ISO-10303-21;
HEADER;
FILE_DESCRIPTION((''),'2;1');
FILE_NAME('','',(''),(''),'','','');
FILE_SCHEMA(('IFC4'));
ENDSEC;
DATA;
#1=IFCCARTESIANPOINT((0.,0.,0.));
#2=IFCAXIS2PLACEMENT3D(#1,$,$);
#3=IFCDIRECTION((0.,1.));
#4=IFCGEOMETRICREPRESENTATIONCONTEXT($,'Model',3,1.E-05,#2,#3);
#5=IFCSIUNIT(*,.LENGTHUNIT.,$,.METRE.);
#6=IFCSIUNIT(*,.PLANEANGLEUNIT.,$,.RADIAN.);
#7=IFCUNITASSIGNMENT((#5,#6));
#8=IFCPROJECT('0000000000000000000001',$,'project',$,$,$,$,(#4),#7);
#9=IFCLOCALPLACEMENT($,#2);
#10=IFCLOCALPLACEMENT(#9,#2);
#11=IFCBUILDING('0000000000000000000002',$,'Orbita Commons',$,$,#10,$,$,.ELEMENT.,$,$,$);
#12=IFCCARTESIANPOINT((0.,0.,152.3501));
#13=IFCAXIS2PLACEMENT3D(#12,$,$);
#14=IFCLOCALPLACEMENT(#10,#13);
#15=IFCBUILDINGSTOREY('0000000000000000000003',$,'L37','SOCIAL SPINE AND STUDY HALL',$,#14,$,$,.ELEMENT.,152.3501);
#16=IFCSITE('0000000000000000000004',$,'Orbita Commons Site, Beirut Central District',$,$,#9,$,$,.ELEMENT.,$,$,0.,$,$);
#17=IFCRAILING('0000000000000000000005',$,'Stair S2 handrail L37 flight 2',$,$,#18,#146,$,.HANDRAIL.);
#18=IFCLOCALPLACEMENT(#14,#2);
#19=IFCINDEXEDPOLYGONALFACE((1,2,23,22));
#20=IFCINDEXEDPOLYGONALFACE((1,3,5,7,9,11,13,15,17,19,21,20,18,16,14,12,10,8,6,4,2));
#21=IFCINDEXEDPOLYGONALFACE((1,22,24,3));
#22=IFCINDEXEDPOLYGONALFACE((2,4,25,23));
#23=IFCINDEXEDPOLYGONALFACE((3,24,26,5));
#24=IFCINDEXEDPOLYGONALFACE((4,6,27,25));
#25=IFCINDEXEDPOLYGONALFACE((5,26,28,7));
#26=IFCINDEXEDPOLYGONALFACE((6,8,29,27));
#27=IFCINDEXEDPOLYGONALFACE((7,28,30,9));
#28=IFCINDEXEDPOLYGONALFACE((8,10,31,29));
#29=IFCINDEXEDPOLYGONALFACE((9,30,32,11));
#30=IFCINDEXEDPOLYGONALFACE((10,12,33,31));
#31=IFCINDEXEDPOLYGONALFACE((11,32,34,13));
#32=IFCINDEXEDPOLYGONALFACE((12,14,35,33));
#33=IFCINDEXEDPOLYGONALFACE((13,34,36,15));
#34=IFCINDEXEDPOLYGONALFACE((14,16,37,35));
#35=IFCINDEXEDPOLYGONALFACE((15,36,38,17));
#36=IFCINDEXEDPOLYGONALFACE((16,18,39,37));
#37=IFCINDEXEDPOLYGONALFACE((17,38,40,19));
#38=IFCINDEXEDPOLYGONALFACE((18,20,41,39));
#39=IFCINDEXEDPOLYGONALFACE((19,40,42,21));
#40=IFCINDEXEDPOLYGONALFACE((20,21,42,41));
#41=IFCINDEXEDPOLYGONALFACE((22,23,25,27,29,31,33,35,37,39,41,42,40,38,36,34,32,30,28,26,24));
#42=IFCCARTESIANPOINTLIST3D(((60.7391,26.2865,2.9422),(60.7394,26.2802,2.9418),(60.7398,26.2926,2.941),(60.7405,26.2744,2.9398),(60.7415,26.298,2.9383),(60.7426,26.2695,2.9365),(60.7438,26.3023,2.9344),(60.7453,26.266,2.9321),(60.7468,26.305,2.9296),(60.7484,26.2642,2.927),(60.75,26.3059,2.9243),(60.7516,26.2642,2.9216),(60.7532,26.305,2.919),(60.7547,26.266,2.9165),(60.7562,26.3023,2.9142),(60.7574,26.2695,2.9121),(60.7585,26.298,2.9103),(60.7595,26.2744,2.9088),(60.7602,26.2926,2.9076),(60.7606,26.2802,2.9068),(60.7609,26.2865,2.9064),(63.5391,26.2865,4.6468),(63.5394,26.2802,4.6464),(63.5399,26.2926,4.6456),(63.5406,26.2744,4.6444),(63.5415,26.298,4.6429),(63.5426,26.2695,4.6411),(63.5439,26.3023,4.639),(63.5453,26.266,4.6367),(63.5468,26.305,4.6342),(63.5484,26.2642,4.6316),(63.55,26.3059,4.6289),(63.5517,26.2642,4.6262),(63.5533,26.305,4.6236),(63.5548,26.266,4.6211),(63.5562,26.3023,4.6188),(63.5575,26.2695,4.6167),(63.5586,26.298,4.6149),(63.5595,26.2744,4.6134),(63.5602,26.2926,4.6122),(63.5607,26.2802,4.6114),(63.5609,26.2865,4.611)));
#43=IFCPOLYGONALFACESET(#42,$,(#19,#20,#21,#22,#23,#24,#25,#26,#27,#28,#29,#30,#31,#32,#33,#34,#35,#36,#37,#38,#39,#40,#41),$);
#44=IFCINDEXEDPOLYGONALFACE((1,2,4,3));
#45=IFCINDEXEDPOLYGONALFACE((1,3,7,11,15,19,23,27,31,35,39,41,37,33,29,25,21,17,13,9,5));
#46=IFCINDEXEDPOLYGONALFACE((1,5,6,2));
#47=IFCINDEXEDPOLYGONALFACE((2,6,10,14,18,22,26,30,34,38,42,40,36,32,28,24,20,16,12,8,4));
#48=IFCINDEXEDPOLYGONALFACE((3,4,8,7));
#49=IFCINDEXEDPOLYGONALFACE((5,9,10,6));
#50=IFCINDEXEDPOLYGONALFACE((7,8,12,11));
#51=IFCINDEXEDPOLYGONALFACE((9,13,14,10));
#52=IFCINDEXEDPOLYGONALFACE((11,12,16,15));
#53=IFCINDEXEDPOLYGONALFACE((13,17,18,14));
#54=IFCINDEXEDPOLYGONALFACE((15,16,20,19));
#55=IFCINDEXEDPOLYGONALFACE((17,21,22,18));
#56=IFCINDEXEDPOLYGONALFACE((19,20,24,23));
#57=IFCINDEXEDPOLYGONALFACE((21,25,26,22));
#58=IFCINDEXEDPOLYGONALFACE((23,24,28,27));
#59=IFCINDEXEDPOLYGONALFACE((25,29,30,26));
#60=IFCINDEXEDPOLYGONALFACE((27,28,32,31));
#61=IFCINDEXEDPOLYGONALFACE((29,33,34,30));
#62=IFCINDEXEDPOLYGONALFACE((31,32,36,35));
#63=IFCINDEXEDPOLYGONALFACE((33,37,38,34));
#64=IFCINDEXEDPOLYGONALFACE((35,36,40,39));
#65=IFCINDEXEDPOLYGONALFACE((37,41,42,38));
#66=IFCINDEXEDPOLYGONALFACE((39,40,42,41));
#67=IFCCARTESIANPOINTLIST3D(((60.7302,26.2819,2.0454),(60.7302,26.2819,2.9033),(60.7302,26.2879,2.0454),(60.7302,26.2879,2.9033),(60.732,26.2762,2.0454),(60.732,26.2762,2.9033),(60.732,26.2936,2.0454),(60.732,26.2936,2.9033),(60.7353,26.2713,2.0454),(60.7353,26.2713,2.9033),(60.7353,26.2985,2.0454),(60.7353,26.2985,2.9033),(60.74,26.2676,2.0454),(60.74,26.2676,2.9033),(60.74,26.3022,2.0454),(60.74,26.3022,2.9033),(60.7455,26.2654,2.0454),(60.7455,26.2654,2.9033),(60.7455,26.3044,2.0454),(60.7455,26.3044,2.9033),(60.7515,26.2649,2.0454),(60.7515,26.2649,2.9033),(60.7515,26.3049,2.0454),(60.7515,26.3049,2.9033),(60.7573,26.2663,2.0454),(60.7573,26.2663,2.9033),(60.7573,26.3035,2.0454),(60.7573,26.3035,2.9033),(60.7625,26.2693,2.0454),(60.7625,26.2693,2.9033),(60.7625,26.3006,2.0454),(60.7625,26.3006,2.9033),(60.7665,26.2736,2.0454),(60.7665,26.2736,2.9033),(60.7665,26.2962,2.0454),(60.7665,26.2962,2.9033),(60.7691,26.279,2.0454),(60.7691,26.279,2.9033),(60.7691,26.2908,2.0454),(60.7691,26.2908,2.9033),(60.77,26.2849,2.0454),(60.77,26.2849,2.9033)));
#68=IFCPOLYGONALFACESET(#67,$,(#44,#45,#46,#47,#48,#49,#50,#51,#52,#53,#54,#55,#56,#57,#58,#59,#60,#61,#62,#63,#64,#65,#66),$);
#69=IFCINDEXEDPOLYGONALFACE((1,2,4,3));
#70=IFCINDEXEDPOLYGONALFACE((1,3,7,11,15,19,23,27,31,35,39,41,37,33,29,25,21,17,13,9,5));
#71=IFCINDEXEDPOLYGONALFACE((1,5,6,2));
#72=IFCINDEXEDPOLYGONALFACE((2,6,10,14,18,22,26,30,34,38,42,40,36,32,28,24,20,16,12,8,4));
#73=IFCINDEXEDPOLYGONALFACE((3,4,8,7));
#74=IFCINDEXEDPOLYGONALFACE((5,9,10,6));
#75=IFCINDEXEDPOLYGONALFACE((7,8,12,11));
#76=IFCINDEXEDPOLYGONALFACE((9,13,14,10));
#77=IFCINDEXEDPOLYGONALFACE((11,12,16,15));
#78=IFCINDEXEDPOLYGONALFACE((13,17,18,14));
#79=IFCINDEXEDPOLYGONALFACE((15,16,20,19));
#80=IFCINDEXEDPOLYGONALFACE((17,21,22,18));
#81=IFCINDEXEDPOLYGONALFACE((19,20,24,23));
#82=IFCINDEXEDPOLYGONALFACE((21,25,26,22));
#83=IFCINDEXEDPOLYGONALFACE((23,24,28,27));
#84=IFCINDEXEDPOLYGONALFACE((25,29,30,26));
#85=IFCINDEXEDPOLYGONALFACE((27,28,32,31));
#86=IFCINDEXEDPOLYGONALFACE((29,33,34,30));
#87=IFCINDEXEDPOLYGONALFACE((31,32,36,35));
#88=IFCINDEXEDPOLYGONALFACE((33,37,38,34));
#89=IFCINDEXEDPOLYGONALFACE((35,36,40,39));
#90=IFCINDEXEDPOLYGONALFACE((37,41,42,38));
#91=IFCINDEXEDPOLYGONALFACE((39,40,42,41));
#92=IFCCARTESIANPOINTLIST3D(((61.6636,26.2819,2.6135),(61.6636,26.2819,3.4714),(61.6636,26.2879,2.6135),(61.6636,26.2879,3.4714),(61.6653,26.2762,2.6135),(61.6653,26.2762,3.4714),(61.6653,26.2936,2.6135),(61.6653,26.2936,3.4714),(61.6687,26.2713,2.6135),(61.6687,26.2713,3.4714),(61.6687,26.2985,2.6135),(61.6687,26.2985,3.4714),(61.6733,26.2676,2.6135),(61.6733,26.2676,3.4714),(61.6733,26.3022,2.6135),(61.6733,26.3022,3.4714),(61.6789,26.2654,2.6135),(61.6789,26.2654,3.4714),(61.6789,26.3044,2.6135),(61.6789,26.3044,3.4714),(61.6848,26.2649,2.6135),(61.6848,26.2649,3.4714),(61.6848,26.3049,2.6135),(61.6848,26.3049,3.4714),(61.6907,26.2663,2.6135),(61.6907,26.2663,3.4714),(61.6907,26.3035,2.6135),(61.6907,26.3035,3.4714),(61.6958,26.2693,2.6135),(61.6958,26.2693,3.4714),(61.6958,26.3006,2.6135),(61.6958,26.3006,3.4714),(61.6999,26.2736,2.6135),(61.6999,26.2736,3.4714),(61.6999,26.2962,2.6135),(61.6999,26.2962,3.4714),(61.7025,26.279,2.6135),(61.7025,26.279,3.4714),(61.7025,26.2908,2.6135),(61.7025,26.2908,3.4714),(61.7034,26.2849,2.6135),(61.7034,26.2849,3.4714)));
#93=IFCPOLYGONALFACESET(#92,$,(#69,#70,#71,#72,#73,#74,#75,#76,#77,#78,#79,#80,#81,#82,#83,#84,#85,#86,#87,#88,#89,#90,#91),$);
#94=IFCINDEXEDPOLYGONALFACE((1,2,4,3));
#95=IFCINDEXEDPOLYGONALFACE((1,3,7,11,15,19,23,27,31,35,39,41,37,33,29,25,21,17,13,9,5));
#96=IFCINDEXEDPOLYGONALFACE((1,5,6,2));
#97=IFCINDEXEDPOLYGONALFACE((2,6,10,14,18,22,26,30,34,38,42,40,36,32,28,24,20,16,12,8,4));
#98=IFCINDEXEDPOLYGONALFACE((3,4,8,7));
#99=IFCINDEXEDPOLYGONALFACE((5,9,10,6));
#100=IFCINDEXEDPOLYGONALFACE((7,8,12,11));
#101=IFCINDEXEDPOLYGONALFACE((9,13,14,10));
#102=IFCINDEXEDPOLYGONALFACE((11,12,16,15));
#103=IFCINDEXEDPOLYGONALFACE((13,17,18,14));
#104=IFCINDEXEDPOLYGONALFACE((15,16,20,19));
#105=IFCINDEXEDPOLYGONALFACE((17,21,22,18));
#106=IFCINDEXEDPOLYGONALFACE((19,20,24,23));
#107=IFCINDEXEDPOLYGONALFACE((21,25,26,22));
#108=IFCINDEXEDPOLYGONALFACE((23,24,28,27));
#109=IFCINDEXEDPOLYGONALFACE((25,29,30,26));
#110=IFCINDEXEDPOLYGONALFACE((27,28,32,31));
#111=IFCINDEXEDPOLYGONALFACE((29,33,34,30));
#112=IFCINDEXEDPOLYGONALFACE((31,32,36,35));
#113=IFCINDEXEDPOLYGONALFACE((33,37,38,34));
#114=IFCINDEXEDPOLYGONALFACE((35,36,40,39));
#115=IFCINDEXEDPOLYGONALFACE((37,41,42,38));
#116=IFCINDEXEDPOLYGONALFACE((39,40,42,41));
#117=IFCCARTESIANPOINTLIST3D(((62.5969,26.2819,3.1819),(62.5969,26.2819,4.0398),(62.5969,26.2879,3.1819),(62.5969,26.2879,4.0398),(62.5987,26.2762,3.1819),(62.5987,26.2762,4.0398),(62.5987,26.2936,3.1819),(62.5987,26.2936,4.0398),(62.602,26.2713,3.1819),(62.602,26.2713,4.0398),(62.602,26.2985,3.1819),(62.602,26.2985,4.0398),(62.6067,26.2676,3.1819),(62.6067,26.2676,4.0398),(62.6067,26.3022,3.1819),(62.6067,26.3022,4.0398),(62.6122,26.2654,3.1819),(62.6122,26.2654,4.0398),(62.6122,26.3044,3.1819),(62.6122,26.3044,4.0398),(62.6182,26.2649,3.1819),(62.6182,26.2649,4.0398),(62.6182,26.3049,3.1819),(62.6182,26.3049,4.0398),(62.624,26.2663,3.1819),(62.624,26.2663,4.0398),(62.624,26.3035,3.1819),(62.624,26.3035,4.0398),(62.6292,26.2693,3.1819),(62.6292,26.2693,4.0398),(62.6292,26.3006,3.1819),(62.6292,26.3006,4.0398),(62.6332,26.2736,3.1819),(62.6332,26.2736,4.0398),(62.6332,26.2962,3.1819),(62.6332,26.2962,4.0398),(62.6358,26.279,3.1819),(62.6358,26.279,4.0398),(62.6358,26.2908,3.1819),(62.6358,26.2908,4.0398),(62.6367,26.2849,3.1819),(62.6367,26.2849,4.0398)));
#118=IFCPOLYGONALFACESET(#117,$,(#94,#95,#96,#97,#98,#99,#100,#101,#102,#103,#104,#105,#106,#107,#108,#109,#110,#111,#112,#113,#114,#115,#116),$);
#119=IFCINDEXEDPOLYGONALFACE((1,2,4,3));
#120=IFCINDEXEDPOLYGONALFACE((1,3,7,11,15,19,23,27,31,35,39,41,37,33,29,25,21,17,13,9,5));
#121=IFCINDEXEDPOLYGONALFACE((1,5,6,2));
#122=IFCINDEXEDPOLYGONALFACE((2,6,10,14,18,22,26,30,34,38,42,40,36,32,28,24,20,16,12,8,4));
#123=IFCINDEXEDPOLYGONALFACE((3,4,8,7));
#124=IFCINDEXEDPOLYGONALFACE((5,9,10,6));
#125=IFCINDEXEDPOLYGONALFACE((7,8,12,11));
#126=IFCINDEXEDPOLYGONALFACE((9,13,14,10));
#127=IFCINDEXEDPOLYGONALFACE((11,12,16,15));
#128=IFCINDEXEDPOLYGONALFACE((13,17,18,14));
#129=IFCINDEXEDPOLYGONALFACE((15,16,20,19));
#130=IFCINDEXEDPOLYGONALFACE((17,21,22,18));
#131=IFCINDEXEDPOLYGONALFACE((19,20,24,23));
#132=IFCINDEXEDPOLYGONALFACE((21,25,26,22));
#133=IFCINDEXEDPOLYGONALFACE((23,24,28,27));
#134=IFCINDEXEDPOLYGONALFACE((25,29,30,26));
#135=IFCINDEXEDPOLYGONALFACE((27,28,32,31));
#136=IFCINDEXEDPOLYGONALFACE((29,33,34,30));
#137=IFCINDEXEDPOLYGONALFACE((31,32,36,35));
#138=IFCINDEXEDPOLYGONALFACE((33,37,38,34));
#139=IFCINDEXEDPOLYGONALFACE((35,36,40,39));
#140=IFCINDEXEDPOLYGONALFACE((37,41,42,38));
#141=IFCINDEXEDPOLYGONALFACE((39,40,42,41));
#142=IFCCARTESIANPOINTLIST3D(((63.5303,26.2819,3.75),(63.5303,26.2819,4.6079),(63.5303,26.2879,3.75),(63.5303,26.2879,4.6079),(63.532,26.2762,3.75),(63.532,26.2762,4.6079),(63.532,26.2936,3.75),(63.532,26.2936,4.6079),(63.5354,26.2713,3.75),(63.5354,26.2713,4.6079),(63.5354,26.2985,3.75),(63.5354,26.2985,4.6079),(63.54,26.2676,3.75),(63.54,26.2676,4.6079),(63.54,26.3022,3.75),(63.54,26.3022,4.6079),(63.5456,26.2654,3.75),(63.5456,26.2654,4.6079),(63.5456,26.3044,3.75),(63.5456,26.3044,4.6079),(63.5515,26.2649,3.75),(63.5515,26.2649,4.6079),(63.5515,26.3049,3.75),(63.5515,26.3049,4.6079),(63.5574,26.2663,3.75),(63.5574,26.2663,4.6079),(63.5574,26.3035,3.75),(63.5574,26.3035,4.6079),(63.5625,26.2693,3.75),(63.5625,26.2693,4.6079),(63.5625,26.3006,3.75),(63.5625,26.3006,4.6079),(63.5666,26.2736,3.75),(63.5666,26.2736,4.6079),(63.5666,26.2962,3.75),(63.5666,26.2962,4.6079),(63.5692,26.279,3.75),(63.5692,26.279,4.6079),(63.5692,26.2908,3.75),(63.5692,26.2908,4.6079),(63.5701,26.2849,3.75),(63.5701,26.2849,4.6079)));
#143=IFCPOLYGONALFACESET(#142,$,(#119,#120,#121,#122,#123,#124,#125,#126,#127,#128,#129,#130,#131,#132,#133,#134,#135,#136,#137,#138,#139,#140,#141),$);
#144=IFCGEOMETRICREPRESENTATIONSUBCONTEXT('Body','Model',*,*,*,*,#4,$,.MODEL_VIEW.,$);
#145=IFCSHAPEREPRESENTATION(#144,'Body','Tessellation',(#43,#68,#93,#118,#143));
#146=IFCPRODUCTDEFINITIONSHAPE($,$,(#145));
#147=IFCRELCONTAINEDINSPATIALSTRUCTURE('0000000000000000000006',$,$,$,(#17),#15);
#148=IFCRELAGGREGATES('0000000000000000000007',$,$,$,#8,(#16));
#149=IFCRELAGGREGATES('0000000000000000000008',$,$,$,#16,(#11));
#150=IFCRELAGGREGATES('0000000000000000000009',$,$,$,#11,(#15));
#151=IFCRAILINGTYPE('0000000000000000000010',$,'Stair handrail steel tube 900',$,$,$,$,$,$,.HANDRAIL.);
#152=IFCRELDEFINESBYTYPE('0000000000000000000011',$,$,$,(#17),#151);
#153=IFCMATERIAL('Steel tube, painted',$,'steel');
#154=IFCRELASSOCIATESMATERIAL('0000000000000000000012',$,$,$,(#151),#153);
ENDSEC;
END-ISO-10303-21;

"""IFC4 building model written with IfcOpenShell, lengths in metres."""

from ifc_helpers import new_model, si_unit, direction, frame, origin, origin_2d, place, context, subcontext, project, spatial, circle, extrude, material, type_object, element, save


model = new_model("IFC4")

# Units and contexts
model_context = context("Model", 3, precision=1e-05, world=origin(), true_north=direction((0.0, 1.0)))
body_context = subcontext(model_context, "Body", "Model", "MODEL_VIEW")
ifc_project = project(units=[si_unit("LENGTHUNIT", "METRE"), si_unit("PLANEANGLEUNIT", "RADIAN")], contexts=[model_context])

# Site, building, storey
site_placement = place(None, origin())
site = spatial("IfcSite", under=ifc_project, at=site_placement, Name="Orbita Commons Site, Beirut Central District", CompositionType="ELEMENT", RefElevation=0.0)
building_placement = place(site_placement, origin())
building = spatial("IfcBuilding", under=site, at=building_placement, Name="Orbita Commons", CompositionType="ELEMENT")
storey_placement = place(building_placement, frame((0.0, 0.0, 152.3501)))
storey = spatial("IfcBuildingStorey", under=building, at=storey_placement, Name="L37", Description="SOCIAL SPINE AND STUDY HALL", CompositionType="ELEMENT", Elevation=152.3501)

# Railing
ifc_material_1 = material(Name="Steel tube, painted", Category="steel")
railing_type = type_object("IfcRailingType", Name="Stair handrail steel tube 900", PredefinedType="HANDRAIL", material=ifc_material_1)
for number, where, name in (
    (1, (60.75, 26.2849, 2.0454), "Stair S2 handrail L37 flight 2"),
):
    element("IfcRailing", number, at=place(storey_placement, frame(where)), inside=storey, type_object=railing_type, Name=name, PredefinedType="HANDRAIL", context=body_context, shape_type="SweptSolid", body=[
        extrude(circle(Radius=0.021, at=origin_2d()), frame((0.0, 0.0, 0.8789), z_axis=(0.85417, 0.0, 0.519994), x_axis=(0.0, 1.0, 0.0)), (0.0, 0.0, 1.0), 3.2781),
        extrude(circle(Radius=0.02, at=origin_2d()), origin(), (0.0, 0.0, 1.0), 0.8579),
        extrude(circle(Radius=0.02, at=origin_2d()), frame((0.9333, 0.0, 0.5681)), (0.0, 0.0, 1.0), 0.8579),
        extrude(circle(Radius=0.02, at=origin_2d()), frame((1.8667, 0.0, 1.1365)), (0.0, 0.0, 1.0), 0.8579),
        extrude(circle(Radius=0.02, at=origin_2d()), frame((2.8, 0.0, 1.7046)), (0.0, 0.0, 1.0), 0.8579),
    ])

save(model, "model.ifc")
